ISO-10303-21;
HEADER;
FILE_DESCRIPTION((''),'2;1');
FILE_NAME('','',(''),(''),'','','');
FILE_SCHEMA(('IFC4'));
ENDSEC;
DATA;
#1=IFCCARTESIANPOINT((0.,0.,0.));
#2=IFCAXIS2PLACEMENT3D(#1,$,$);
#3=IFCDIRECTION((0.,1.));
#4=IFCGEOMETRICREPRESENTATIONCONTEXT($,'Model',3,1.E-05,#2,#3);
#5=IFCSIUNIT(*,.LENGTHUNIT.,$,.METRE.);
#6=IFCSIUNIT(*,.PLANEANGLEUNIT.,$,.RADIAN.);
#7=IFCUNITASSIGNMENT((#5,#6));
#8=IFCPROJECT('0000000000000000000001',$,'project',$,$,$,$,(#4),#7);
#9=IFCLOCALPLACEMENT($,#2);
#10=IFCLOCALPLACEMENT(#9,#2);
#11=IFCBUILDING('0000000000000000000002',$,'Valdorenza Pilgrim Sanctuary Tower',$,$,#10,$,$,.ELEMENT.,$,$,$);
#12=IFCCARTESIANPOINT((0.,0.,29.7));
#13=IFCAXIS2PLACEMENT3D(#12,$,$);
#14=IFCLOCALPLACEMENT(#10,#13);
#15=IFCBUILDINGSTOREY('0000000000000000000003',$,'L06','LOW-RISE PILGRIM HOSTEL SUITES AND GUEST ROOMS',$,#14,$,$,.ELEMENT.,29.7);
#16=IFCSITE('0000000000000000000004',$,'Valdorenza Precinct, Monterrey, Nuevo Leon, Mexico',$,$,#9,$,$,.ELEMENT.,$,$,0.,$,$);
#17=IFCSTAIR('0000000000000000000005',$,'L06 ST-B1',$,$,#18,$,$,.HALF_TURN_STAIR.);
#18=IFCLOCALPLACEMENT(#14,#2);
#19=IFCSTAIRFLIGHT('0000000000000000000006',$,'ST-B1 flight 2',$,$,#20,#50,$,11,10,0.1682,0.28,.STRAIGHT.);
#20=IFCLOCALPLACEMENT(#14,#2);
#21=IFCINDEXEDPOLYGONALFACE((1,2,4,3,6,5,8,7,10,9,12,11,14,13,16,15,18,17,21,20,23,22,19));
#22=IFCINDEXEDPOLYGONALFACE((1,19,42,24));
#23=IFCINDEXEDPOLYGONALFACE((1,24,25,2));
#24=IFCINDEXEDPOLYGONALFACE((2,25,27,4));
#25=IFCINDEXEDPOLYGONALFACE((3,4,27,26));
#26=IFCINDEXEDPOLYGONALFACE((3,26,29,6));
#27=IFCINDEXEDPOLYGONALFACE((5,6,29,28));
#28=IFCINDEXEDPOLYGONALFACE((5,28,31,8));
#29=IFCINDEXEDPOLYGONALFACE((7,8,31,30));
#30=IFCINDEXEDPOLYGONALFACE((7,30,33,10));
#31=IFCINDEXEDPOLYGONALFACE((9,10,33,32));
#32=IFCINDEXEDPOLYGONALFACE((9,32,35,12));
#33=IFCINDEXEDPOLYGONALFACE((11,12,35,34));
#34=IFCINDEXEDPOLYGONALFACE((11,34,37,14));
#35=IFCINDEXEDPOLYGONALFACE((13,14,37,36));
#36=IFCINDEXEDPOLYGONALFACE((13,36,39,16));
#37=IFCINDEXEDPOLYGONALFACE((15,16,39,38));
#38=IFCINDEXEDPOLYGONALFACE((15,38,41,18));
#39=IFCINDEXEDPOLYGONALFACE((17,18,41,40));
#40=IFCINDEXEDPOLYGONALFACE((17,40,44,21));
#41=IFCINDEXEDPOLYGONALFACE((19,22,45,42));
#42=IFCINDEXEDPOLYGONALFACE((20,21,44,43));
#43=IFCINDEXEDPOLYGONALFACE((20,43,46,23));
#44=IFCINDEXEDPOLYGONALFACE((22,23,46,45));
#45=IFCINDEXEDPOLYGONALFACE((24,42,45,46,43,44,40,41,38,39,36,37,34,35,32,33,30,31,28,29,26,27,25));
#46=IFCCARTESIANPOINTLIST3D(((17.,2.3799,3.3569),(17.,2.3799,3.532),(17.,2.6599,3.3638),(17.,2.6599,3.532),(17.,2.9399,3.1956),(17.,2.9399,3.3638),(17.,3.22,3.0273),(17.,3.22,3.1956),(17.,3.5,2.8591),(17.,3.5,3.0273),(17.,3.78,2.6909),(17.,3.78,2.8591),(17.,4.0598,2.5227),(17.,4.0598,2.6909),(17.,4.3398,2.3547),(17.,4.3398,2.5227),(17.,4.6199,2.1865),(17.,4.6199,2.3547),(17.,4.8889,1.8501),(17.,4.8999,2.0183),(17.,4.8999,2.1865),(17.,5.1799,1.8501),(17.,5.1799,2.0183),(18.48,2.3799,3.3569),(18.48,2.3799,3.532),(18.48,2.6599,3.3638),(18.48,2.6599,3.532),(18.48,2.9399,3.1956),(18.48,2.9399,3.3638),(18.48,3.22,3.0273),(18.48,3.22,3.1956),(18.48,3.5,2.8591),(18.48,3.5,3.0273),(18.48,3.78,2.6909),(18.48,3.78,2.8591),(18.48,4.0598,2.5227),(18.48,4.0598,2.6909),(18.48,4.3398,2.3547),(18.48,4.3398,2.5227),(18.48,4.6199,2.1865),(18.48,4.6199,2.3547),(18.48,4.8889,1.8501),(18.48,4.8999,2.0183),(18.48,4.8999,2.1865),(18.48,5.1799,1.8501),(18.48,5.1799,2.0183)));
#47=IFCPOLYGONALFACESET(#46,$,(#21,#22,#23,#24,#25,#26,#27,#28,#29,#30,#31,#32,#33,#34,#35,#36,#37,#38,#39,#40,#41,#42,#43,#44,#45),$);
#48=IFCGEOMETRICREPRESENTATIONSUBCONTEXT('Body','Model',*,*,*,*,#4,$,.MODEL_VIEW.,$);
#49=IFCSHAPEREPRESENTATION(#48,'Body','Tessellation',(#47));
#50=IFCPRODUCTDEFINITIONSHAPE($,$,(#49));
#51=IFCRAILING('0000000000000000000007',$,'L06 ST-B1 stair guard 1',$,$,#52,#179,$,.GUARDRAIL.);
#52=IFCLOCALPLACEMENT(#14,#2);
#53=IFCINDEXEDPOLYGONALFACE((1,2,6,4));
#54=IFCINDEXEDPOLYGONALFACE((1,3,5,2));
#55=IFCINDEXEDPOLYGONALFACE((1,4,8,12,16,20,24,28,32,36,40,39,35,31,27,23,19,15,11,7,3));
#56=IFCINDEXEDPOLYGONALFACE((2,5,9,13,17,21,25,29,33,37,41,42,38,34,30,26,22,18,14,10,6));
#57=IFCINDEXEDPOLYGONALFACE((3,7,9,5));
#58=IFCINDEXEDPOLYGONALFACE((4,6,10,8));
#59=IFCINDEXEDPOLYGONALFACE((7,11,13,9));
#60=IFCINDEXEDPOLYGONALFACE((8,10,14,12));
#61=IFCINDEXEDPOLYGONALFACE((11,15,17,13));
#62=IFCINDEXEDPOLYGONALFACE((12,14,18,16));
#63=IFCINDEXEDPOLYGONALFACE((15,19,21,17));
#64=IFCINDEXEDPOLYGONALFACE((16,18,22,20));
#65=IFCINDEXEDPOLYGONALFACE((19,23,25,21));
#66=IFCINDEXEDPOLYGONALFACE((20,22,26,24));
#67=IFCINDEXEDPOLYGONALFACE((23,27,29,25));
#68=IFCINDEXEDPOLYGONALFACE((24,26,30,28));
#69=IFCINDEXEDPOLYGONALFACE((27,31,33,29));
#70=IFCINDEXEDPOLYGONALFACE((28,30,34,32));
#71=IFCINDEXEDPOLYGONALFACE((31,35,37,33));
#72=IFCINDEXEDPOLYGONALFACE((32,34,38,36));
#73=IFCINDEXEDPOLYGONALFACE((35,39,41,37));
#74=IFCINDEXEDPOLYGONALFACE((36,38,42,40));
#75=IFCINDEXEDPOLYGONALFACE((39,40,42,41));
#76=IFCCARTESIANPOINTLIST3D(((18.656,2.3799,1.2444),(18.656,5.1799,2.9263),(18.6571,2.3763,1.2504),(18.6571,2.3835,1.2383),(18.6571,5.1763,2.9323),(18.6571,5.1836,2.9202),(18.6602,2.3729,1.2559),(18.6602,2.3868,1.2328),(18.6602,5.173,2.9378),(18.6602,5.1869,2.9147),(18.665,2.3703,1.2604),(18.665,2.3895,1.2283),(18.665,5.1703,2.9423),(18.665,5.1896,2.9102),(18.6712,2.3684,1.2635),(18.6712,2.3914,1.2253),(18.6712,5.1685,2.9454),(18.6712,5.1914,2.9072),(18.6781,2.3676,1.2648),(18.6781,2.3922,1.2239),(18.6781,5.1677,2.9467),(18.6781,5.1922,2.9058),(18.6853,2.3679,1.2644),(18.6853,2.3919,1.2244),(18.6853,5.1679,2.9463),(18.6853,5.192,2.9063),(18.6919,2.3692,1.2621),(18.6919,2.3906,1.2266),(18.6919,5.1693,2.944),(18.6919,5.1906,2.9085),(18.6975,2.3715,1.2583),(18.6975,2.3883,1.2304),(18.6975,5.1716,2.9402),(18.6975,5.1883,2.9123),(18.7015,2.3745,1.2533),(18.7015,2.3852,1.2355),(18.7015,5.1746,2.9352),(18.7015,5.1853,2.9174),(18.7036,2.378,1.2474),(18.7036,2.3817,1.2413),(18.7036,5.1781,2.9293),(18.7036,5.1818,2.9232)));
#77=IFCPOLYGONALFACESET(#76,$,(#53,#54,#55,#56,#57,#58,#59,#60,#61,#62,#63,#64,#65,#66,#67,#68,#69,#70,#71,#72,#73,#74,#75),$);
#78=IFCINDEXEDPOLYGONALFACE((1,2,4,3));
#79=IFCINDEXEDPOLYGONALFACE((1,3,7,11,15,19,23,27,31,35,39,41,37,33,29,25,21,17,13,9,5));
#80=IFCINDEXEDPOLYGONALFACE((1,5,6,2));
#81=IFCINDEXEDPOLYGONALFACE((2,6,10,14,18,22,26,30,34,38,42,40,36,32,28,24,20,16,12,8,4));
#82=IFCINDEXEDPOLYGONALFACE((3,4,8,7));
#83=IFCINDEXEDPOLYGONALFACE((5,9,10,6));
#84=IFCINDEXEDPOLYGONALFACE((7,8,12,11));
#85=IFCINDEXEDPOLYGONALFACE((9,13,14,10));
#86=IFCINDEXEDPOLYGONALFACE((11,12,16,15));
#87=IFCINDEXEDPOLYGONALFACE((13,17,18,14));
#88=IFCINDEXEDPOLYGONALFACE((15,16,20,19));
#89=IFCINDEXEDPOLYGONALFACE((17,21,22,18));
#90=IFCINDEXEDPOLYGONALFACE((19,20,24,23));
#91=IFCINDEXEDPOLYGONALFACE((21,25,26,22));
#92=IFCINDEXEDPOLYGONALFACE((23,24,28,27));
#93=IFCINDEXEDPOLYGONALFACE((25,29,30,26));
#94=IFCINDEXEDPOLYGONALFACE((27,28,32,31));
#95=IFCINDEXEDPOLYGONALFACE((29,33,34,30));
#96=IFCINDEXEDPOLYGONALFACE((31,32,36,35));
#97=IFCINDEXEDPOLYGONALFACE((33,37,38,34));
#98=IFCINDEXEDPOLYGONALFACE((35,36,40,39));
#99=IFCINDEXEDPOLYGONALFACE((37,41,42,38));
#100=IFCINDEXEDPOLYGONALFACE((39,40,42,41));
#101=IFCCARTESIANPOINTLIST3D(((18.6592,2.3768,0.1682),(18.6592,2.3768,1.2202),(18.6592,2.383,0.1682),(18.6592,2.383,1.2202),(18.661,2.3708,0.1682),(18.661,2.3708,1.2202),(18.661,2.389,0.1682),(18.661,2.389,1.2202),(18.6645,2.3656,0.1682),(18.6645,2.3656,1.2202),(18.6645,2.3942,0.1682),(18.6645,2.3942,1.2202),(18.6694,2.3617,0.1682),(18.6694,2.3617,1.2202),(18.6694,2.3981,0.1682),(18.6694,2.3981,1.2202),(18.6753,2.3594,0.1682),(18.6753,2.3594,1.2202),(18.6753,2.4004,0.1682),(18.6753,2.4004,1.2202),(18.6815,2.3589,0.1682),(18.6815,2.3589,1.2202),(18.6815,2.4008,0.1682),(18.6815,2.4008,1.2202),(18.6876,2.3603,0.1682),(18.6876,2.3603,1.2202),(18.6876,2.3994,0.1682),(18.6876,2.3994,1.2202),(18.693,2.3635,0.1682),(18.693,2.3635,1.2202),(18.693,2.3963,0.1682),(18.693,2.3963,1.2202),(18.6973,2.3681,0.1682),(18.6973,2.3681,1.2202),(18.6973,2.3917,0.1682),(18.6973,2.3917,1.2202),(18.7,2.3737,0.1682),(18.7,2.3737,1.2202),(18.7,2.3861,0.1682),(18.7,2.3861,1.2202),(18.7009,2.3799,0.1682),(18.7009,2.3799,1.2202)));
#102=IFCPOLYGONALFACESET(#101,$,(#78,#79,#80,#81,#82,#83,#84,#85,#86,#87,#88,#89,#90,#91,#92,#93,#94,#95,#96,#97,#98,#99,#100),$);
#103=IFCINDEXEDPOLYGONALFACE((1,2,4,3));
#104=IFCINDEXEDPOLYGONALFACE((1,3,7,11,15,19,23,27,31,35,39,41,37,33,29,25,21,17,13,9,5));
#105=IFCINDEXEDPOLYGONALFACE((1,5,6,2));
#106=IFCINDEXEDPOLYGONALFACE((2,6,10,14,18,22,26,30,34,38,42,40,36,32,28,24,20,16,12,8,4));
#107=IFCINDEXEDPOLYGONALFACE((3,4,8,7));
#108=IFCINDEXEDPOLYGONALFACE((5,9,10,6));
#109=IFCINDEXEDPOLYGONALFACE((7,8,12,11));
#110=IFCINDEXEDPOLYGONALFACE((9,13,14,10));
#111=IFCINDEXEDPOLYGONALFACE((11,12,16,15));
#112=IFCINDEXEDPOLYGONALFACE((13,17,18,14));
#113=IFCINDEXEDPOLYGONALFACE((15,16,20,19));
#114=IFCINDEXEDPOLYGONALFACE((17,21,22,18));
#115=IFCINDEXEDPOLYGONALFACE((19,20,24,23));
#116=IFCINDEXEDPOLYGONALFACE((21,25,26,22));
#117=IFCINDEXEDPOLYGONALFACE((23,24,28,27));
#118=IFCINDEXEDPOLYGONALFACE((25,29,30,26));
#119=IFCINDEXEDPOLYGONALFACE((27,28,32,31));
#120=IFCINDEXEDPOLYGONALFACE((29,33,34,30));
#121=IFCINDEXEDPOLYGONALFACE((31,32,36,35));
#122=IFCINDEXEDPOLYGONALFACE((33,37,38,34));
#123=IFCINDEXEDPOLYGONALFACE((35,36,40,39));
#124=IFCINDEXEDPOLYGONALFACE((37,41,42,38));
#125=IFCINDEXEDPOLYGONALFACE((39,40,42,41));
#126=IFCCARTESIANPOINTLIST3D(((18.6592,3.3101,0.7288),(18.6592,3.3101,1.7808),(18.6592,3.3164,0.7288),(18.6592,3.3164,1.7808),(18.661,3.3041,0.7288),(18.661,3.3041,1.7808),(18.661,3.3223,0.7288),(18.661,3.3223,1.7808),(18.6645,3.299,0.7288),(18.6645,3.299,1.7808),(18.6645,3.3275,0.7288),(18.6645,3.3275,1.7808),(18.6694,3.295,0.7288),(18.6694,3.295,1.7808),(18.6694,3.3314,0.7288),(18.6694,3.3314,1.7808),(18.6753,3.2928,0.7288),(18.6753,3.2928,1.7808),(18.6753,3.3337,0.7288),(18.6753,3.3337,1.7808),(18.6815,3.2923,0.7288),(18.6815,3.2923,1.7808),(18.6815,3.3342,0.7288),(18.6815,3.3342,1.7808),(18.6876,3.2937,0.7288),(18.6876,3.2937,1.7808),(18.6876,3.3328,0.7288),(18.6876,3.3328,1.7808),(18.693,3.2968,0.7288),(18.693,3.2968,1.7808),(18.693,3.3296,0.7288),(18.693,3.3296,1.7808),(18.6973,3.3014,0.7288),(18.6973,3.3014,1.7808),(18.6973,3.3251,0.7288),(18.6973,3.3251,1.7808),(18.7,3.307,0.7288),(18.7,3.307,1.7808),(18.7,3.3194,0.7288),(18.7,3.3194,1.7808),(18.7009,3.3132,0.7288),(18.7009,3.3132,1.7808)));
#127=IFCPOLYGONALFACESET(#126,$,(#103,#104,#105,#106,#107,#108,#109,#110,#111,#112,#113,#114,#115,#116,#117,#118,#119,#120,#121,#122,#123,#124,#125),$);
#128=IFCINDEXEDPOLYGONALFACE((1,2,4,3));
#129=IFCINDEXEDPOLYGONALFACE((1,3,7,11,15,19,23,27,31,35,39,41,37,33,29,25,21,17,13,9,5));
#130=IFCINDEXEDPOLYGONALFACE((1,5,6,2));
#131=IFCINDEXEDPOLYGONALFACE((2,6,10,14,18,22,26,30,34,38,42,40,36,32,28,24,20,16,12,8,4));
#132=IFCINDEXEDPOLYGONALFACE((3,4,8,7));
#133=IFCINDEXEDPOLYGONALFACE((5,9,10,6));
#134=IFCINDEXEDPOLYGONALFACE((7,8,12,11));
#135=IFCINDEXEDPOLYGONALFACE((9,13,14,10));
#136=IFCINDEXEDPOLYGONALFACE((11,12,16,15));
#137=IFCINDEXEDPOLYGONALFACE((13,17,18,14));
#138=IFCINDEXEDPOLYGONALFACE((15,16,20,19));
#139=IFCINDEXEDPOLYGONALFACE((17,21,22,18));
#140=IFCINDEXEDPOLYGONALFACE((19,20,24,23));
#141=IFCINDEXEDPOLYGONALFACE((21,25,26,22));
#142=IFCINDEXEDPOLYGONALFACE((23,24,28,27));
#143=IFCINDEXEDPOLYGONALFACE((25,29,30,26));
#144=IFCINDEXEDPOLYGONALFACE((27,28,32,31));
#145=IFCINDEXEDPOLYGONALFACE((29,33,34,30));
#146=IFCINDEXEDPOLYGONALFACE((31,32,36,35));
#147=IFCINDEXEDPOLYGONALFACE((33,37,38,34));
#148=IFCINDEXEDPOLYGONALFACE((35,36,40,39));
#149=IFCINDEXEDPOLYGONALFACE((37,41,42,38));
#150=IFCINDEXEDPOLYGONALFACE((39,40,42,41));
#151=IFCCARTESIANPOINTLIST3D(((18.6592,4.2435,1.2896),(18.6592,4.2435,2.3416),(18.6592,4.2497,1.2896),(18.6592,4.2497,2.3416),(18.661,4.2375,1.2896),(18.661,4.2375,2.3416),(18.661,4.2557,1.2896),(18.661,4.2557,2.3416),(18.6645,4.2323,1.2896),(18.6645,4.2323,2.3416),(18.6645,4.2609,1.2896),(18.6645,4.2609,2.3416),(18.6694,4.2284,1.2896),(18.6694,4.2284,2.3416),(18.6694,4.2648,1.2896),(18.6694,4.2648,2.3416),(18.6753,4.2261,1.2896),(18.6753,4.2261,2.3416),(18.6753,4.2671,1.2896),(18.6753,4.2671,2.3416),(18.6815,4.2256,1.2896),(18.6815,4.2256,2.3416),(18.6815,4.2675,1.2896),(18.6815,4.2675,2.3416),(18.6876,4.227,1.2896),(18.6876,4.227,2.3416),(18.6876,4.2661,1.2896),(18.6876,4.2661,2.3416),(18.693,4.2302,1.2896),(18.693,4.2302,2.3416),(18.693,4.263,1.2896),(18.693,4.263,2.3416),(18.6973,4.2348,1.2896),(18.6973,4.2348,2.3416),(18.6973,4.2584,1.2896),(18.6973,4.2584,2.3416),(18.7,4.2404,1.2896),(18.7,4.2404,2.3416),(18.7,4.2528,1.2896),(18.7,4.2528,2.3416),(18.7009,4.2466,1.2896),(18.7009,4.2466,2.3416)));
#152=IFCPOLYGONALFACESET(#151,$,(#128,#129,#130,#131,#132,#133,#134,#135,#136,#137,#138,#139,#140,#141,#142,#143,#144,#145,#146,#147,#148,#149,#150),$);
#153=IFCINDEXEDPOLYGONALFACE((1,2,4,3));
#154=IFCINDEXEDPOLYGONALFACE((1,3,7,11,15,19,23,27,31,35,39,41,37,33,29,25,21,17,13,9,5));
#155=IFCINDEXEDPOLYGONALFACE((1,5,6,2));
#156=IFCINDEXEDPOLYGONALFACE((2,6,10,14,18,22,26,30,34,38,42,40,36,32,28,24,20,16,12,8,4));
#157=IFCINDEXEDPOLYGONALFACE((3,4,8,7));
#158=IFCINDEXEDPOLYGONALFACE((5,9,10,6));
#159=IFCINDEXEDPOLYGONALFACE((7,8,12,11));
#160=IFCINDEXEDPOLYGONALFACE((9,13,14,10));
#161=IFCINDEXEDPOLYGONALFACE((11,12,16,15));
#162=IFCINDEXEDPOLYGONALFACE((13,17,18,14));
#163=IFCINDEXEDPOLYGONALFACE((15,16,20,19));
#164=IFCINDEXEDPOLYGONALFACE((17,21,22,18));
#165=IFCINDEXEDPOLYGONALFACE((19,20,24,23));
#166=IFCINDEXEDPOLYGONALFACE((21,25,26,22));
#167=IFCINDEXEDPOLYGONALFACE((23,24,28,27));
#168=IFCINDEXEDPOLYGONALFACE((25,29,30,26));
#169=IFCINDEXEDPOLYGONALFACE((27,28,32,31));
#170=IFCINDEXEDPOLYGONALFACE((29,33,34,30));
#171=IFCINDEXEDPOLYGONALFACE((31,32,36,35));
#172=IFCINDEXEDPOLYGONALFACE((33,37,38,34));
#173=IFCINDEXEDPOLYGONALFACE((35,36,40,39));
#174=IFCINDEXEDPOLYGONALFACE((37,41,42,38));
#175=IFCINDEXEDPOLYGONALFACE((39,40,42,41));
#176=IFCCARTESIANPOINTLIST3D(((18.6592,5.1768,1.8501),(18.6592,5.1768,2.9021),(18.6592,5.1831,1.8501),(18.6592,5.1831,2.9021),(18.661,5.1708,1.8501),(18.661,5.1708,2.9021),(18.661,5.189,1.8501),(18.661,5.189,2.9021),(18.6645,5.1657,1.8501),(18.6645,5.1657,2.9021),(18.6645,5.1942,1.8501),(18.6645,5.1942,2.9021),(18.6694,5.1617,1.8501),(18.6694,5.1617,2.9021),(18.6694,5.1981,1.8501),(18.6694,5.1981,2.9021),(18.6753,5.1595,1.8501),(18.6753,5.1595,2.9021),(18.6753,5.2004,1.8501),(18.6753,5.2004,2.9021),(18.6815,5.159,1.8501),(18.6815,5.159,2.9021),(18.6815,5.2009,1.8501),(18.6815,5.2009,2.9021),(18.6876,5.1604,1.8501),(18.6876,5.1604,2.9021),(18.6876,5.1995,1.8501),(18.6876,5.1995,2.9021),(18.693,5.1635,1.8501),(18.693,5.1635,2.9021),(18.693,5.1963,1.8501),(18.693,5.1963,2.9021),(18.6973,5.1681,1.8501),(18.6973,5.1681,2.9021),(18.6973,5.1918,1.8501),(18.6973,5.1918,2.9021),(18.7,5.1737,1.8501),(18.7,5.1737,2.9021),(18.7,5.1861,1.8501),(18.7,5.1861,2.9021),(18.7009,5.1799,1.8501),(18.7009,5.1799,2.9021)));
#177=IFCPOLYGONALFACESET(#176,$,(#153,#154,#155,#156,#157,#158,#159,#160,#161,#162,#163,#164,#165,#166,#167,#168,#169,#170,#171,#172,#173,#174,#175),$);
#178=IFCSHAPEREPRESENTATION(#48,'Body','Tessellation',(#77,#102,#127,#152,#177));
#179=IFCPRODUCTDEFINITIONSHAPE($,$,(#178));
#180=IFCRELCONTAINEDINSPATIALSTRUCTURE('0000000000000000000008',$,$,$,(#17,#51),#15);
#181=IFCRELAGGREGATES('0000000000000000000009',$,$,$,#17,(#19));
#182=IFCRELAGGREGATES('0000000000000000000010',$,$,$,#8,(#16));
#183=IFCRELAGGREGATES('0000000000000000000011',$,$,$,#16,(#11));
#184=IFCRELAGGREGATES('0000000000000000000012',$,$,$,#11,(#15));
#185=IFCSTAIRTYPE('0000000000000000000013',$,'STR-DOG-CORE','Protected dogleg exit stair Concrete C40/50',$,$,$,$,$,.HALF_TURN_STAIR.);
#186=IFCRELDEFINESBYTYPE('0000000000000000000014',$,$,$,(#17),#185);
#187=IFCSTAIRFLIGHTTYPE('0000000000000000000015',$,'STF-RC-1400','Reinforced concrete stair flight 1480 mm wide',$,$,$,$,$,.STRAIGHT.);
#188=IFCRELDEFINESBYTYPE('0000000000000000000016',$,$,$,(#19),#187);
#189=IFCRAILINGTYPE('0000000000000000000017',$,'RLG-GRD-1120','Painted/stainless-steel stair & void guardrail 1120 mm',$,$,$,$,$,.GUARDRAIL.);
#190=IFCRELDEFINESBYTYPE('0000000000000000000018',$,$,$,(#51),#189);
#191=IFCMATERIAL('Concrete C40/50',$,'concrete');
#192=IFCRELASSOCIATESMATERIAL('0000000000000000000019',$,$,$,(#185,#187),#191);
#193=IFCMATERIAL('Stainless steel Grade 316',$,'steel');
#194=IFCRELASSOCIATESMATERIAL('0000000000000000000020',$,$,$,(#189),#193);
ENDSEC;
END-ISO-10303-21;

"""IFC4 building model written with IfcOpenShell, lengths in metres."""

from ifc_helpers import new_model, si_unit, direction, frame, origin, origin_2d, place, context, subcontext, project, spatial, polyline, circle, outline, extrude, material, type_object, element, aggregate, save


model = new_model("IFC4")

# Units and contexts
model_context = context("Model", 3, precision=1e-05, world=origin(), true_north=direction((0.0, 1.0)))
body_context = subcontext(model_context, "Body", "Model", "MODEL_VIEW")
ifc_project = project(units=[si_unit("LENGTHUNIT", "METRE"), si_unit("PLANEANGLEUNIT", "RADIAN")], contexts=[model_context])

# Site, building, storey
site_placement = place(None, origin())
site = spatial("IfcSite", under=ifc_project, at=site_placement, Name="Valdorenza Precinct, Monterrey, Nuevo Leon, Mexico", CompositionType="ELEMENT", RefElevation=0.0)
building_placement = place(site_placement, origin())
building = spatial("IfcBuilding", under=site, at=building_placement, Name="Valdorenza Pilgrim Sanctuary Tower", CompositionType="ELEMENT")
storey_placement = place(building_placement, frame((0.0, 0.0, 29.7)))
storey = spatial("IfcBuildingStorey", under=building, at=storey_placement, Name="L06", Description="LOW-RISE PILGRIM HOSTEL SUITES AND GUEST ROOMS", CompositionType="ELEMENT", Elevation=29.7)

# Shared definitions
ifc_material_1 = material(Name="Concrete C40/50", Category="concrete")

# Stair, stair flight
stair_type = type_object("IfcStairType", Name="STR-DOG-CORE", Description="Protected dogleg exit stair Concrete C40/50", PredefinedType="HALF_TURN_STAIR", material=ifc_material_1)
stair_placement = place(storey_placement, origin())
stair = element("IfcStair", 1, at=stair_placement, inside=storey, type_object=stair_type, Name="L06 ST-B1", PredefinedType="HALF_TURN_STAIR")
stair_flight_type = type_object("IfcStairFlightType", Name="STF-RC-1400", Description="Reinforced concrete stair flight 1480 mm wide", PredefinedType="STRAIGHT", material=ifc_material_1)
stair_flight_1_placement = place(storey_placement, frame((17.74, 5.1799, 1.8501), z_axis=(0.0, 0.0, 1.0), x_axis=(0.0, -1.0, 0.0)))
stair_flight_1 = element("IfcStairFlight", 2, at=stair_flight_1_placement, type_object=stair_flight_type, Name="ST-B1 flight 2", NumberOfRisers=11, NumberOfTreads=10, PredefinedType="STRAIGHT", RiserHeight=0.1682, TreadLength=0.28, context=body_context, shape_type="SweptSolid", body=[
    extrude(outline(polyline([(0.0, 0.0), (0.0, 0.1682), (0.28, 0.1682), (0.28, 0.3364), (0.5601, 0.3364), (0.5601, 0.5046), (0.8401, 0.5046), (0.8401, 0.6726), (1.1201, 0.6726), (1.1201, 0.8408), (1.3999, 0.8408), (1.3999, 1.009), (1.6799, 1.009), (1.6799, 1.1772), (1.96, 1.1772), (1.96, 1.3455), (2.24, 1.3455), (2.24, 1.5137), (2.52, 1.5137), (2.52, 1.6819), (2.8, 1.6819), (2.8, 1.8501), (2.8, 1.5068), (0.291, 0.0), (0.0, 0.0)])), frame((0.0, 0.74, 0.0), z_axis=(0.0, -1.0, 0.0), x_axis=(1.0, 0.0, 0.0)), (0.0, 0.0, 1.0), 1.48),
])
aggregate(stair, [stair_flight_1])

# Railing
ifc_material_2 = material(Name="Stainless steel Grade 316", Category="steel")
railing_type_1 = type_object("IfcRailingType", Name="RLG-GRD-1120", Description="Painted/stainless-steel stair & void guardrail 1120 mm", PredefinedType="GUARDRAIL", material=ifc_material_2)
railing_1_placement = place(storey_placement, frame((18.6799, 2.3799, 0.1682)))
element("IfcRailing", 3, at=railing_1_placement, inside=storey, type_object=railing_type_1, Name="L06 ST-B1 stair guard 1", PredefinedType="GUARDRAIL", context=body_context, shape_type="SweptSolid", body=[
    extrude(circle(Radius=0.0239, at=origin_2d()), frame((0.0, 0.0, 1.0762), z_axis=(0.0, 0.857242, 0.514913), x_axis=(-1.0, 0.0, 0.0)), (0.0, 0.0, 1.0), 3.2664),
    extrude(circle(Radius=0.021, at=origin_2d()), origin(), (0.0, 0.0, 1.0), 1.052),
    extrude(circle(Radius=0.021, at=origin_2d()), frame((0.0, 0.9333, 0.5605)), (0.0, 0.0, 1.0), 1.052),
    extrude(circle(Radius=0.021, at=origin_2d()), frame((0.0, 1.8667, 1.1213)), (0.0, 0.0, 1.0), 1.052),
    extrude(circle(Radius=0.021, at=origin_2d()), frame((0.0, 2.8, 1.6819)), (0.0, 0.0, 1.0), 1.052),
])

save(model, "model.ifc")
